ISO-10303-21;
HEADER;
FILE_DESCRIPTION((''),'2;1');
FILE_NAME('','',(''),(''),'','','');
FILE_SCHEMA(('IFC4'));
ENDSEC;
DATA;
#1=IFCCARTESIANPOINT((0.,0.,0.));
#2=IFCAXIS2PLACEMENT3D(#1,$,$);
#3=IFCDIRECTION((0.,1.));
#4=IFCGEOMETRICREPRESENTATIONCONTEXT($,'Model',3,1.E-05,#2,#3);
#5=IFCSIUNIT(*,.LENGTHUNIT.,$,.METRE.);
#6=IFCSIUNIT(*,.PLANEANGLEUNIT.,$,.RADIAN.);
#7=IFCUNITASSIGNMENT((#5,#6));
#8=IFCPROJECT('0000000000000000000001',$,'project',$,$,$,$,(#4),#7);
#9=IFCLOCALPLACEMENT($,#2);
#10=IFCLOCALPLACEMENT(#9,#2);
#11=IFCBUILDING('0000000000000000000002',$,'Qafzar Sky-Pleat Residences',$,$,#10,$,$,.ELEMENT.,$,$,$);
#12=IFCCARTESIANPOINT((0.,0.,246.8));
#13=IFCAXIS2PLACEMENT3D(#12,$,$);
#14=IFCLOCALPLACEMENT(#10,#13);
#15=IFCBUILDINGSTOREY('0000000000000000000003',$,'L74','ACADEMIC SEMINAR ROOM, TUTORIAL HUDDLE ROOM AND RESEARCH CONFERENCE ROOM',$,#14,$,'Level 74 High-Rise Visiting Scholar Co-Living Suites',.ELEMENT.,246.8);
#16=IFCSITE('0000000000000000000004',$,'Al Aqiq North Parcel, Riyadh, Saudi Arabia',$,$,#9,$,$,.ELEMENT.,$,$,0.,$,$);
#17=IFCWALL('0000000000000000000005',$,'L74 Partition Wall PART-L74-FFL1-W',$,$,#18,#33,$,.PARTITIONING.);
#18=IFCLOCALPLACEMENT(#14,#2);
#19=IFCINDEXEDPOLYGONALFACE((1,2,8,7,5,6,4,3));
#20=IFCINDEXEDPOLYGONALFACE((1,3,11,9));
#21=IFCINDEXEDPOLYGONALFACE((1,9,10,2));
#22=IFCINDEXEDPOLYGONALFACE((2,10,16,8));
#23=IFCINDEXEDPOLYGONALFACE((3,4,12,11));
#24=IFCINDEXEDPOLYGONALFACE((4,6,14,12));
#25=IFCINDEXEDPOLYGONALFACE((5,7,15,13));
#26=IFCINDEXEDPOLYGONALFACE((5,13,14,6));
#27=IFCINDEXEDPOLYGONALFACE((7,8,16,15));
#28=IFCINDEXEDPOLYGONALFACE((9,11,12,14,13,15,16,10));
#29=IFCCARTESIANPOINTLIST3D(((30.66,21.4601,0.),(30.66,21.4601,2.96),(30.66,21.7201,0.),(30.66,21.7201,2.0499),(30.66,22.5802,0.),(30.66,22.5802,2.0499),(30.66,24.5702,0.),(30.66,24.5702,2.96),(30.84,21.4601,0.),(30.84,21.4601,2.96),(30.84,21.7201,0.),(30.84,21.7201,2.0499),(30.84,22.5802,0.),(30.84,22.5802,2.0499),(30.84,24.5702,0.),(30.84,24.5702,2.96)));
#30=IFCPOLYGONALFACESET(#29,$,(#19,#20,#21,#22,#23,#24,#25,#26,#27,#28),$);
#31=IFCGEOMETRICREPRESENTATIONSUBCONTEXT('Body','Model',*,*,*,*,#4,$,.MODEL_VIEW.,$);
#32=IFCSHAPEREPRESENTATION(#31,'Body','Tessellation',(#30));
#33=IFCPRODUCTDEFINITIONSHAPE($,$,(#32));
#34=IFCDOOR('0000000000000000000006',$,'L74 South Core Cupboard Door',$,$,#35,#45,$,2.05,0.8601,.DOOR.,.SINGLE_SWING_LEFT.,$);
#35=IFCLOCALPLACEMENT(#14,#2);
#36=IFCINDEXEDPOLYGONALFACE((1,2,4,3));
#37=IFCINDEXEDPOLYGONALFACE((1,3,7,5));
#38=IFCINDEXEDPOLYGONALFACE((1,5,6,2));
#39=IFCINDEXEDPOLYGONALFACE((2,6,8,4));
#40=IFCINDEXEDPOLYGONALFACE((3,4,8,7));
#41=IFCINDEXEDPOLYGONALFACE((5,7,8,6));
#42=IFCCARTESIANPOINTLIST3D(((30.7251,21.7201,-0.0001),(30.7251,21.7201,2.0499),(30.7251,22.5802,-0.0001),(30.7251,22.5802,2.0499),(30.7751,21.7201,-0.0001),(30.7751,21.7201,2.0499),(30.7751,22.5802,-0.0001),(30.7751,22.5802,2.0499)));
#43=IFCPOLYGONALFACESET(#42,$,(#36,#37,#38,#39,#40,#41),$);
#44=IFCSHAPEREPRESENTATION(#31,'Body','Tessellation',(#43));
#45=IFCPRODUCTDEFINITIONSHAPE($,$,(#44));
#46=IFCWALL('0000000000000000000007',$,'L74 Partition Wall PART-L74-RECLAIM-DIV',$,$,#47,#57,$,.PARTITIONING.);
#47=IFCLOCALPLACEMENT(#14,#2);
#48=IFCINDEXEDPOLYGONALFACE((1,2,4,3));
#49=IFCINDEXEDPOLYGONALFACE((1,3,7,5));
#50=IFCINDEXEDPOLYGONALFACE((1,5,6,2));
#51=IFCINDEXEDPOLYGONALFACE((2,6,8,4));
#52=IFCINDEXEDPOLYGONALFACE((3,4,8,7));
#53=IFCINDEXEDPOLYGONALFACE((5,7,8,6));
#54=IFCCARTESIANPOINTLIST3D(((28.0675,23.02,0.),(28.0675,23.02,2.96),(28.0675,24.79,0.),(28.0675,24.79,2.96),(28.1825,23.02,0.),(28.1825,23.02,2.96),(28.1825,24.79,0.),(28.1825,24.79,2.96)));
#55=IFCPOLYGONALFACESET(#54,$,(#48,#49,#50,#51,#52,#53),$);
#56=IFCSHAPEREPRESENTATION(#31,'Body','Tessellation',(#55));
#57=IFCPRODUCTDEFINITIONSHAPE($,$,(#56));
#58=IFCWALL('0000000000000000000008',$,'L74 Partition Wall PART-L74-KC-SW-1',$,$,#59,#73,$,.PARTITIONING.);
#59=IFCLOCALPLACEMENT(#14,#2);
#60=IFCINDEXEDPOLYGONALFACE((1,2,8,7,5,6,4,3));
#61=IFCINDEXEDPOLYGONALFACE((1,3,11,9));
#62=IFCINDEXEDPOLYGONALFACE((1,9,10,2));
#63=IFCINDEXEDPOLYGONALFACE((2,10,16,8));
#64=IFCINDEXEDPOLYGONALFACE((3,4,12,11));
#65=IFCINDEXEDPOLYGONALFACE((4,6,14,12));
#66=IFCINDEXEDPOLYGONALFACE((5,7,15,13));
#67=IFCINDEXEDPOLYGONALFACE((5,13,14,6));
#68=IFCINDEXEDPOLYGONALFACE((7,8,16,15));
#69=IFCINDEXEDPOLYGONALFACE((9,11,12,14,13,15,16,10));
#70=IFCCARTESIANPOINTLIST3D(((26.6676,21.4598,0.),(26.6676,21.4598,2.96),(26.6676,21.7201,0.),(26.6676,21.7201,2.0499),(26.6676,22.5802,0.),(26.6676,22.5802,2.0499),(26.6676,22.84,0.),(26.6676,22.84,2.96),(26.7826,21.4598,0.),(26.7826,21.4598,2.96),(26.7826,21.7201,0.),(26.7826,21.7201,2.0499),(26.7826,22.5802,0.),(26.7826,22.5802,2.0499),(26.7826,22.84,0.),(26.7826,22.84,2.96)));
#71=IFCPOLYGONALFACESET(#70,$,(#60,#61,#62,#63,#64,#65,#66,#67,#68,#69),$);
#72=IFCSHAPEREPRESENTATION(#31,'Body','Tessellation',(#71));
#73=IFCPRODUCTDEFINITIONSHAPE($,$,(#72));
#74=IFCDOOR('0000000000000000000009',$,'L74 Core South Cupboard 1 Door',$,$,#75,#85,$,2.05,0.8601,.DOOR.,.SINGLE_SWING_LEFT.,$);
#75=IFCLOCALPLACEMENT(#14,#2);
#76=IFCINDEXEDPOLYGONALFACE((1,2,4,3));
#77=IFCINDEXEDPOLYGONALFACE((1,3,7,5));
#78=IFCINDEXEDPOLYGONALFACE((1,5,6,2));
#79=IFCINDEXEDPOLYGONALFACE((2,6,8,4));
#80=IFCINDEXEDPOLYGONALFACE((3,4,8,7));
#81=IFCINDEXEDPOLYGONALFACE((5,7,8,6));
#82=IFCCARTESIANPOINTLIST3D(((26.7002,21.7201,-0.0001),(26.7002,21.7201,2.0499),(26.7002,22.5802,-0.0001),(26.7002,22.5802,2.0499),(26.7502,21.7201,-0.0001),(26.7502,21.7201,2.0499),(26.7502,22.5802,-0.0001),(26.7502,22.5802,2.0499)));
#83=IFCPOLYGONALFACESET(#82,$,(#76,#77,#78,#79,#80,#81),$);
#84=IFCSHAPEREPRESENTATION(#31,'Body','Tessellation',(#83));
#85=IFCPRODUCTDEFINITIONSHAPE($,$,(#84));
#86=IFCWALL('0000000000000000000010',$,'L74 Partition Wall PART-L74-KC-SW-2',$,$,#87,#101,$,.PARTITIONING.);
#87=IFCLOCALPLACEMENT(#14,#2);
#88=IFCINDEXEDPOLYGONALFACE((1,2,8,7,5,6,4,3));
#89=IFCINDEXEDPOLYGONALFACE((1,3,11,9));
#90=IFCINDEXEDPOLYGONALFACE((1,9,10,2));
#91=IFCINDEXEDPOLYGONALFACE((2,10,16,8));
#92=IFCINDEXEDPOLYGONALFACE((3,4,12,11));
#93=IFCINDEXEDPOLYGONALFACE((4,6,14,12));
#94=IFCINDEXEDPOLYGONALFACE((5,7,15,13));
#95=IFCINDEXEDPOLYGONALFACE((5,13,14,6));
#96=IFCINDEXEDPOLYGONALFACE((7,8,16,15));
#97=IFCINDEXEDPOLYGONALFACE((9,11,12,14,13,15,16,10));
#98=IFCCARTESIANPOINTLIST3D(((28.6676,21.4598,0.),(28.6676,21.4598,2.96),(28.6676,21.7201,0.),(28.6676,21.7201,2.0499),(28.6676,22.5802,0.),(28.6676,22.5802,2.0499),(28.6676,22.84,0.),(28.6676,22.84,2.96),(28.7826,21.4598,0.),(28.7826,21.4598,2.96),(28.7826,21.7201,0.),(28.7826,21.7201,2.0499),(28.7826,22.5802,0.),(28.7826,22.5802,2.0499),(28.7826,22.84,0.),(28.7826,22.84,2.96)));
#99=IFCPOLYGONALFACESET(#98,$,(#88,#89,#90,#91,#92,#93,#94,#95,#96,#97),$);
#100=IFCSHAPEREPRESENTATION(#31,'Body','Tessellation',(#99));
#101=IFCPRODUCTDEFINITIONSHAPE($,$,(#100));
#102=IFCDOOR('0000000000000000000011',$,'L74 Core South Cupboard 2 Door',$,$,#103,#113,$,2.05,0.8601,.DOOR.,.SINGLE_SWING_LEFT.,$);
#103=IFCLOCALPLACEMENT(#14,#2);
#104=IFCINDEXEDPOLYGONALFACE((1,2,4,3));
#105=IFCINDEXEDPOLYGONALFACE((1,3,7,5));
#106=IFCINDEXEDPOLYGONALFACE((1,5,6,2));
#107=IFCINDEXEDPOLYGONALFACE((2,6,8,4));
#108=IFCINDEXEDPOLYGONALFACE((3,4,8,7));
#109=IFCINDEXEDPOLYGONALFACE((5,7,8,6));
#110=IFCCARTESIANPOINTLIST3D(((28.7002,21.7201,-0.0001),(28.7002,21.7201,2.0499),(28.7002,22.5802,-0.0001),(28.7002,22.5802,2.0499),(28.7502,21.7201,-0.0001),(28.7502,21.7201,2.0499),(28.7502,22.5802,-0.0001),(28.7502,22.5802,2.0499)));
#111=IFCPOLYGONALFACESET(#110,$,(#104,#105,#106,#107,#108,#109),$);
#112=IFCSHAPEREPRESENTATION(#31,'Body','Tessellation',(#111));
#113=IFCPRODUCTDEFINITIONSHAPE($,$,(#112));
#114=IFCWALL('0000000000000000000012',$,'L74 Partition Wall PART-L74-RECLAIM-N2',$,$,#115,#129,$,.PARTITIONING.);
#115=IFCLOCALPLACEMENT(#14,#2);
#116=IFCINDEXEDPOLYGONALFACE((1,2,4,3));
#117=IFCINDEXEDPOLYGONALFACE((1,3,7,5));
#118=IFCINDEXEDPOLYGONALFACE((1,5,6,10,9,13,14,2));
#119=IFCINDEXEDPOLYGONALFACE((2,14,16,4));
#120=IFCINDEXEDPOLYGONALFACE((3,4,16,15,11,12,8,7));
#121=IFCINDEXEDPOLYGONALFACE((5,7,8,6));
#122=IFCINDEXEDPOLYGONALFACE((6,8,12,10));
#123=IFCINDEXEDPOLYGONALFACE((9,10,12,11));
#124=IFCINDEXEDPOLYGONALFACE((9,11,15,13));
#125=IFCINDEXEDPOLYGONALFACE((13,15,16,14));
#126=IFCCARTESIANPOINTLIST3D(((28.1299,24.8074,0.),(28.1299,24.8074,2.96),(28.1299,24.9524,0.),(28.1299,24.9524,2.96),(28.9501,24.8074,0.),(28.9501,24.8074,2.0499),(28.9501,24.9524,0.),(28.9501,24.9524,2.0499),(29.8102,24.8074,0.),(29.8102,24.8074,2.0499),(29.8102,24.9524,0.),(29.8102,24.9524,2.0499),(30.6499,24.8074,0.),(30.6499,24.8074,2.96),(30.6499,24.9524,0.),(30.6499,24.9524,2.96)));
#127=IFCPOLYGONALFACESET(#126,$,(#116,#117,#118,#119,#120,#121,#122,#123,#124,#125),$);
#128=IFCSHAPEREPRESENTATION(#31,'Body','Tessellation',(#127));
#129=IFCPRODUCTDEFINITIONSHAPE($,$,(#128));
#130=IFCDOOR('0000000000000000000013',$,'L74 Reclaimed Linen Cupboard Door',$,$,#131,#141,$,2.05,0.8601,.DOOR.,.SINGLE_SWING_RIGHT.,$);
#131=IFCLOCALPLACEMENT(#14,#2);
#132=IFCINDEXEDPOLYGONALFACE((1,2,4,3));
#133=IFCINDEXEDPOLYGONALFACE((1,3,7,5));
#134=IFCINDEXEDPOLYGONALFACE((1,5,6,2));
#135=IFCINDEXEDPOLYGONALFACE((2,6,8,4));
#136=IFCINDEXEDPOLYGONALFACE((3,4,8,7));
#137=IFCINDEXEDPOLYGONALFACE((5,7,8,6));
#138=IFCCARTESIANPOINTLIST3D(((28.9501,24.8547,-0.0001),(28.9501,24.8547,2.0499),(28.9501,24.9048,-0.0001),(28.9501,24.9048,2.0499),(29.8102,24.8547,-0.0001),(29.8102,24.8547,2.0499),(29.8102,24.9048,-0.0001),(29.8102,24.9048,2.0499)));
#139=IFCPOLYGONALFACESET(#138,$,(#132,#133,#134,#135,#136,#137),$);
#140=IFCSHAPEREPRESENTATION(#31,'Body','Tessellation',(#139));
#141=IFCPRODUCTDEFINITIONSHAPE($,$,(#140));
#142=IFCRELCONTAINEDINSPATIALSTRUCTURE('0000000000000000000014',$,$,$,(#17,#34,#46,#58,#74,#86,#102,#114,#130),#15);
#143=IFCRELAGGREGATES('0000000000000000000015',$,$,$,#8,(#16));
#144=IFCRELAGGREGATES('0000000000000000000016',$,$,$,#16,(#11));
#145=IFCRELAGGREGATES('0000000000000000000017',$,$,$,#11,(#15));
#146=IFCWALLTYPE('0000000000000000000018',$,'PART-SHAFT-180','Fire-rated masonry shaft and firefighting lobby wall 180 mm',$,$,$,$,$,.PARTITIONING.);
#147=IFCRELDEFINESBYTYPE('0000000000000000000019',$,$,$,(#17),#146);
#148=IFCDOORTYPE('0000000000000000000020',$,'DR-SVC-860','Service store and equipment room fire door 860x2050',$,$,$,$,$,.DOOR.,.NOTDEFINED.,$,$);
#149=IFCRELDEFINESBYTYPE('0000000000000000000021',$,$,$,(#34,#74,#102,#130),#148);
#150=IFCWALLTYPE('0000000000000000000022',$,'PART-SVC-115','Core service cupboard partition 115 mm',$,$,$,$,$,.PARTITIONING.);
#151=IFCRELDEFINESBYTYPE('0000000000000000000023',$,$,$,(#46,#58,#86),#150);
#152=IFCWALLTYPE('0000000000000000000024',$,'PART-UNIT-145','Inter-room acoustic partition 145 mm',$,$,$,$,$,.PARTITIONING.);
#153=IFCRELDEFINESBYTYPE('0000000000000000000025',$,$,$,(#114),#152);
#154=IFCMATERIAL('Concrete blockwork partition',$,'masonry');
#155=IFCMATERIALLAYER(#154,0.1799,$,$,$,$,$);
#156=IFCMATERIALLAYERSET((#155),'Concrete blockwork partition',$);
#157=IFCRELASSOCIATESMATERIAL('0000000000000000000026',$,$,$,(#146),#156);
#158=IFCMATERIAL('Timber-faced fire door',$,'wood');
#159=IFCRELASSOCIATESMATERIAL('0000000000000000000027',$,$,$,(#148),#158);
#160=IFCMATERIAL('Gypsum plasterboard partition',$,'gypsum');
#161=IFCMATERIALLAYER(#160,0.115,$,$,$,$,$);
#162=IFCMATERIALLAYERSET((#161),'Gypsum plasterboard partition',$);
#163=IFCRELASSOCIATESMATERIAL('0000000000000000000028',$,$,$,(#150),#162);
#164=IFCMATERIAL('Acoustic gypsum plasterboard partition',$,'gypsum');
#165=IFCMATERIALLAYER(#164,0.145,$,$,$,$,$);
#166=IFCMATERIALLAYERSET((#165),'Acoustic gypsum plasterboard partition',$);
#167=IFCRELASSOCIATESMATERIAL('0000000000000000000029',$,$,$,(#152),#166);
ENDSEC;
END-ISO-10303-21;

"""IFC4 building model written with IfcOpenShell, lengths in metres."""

from ifc_helpers import new_model, si_unit, direction, frame, frame_2d, origin, place, context, subcontext, project, spatial, rectangle, extrude, source, transform, mapped, material, layer, layer_set, type_object, element, fill, save


model = new_model("IFC4")

# Units and contexts
model_context = context("Model", 3, precision=1e-05, world=origin(), true_north=direction((0.0, 1.0)))
body_context = subcontext(model_context, "Body", "Model", "MODEL_VIEW")
ifc_project = project(units=[si_unit("LENGTHUNIT", "METRE"), si_unit("PLANEANGLEUNIT", "RADIAN")], contexts=[model_context])

# Site, building, storey
site_placement = place(None, origin())
site = spatial("IfcSite", under=ifc_project, at=site_placement, Name="Al Aqiq North Parcel, Riyadh, Saudi Arabia", CompositionType="ELEMENT", RefElevation=0.0)
building_placement = place(site_placement, origin())
building = spatial("IfcBuilding", under=site, at=building_placement, Name="Qafzar Sky-Pleat Residences", CompositionType="ELEMENT")
storey_placement = place(building_placement, frame((0.0, 0.0, 246.8)))
storey = spatial("IfcBuildingStorey", under=building, at=storey_placement, Name="L74", Description="ACADEMIC SEMINAR ROOM, TUTORIAL HUDDLE ROOM AND RESEARCH CONFERENCE ROOM", LongName="Level 74 High-Rise Visiting Scholar Co-Living Suites", CompositionType="ELEMENT", Elevation=246.8)

# Wall, opening, door
ifc_material_1 = material(Name="Concrete blockwork partition", Category="masonry")
ifc_layer_1 = layer(ifc_material_1, 0.1799)
ifc_layer_set_1 = layer_set([ifc_layer_1], Name="Concrete blockwork partition")
wall_type_1 = type_object("IfcWallType", Name="PART-SHAFT-180", Description="Fire-rated masonry shaft and firefighting lobby wall 180 mm", PredefinedType="PARTITIONING", material=ifc_layer_set_1)
wall_1_placement = place(storey_placement, frame((30.75, 21.46, 0.0), z_axis=(0.0, 0.0, 1.0), x_axis=(0.0, 1.0, 0.0)))
wall_1 = element("IfcWall", 1, at=wall_1_placement, inside=storey, type_object=wall_type_1, Name="L74 Partition Wall PART-L74-FFL1-W", PredefinedType="PARTITIONING", context=body_context, shape_type="SweptSolid", body=[
    extrude(rectangle(XDim=3.1101, YDim=0.1799, at=frame_2d((1.5552, 0.0))), origin(), (0.0, 0.0, 1.0), 2.96),
])
opening_1_placement = place(wall_1_placement, frame((0.26, 0.0, 0.0)))
opening_1 = element("IfcOpeningElement", 2, at=opening_1_placement, cuts=wall_1, PredefinedType="OPENING", context=body_context, shape_type="SweptSolid", body=[
    extrude(rectangle(XDim=0.8601, YDim=2.05, at=frame_2d((0.4302, 1.0249))), frame((0.0, 0.1001, 0.0), z_axis=(0.0, -1.0, 0.0), x_axis=(1.0, 0.0, 0.0)), (0.0, 0.0, 1.0), 0.2),
])
ifc_material_2 = material(Name="Timber-faced fire door", Category="wood")
door_type_1 = type_object("IfcDoorType", Name="DR-SVC-860", Description="Service store and equipment room fire door 860x2050", OperationType="NOTDEFINED", PredefinedType="DOOR", material=ifc_material_2)
shared_shape_1 = source(origin(), body_context, "Body", "SweptSolid", [
    extrude(rectangle(XDim=0.8601, YDim=2.05, at=frame_2d((0.4302, 1.0249))), frame((0.0, 0.0249, 0.0), z_axis=(0.0, -1.0, 0.0), x_axis=(1.0, 0.0, 0.0)), (0.0, 0.0, 1.0), 0.05),
])
door_1_placement = place(opening_1_placement, origin())
door_1 = element("IfcDoor", 3, at=door_1_placement, inside=storey, type_object=door_type_1, Name="L74 South Core Cupboard Door", OperationType="SINGLE_SWING_LEFT", OverallHeight=2.05, OverallWidth=0.8601, PredefinedType="DOOR", context=body_context, shape_type="MappedRepresentation", body=[
    mapped(shared_shape_1, transform((0.0, 0.0, 0.0), x_axis=(1.0, 0.0, 0.0), y_axis=(0.0, 1.0, 0.0), z_axis=(0.0, 0.0, 1.0), scale=1.0)),
])
fill(opening_1, door_1)

# Wall
ifc_material_3 = material(Name="Gypsum plasterboard partition", Category="gypsum")
ifc_layer_2 = layer(ifc_material_3, 0.115)
ifc_layer_set_2 = layer_set([ifc_layer_2], Name="Gypsum plasterboard partition")
wall_type_2 = type_object("IfcWallType", Name="PART-SVC-115", Description="Core service cupboard partition 115 mm", PredefinedType="PARTITIONING", material=ifc_layer_set_2)
wall_2_placement = place(storey_placement, frame((28.125, 23.02, 0.0), z_axis=(0.0, 0.0, 1.0), x_axis=(0.0, 1.0, 0.0)))
element("IfcWall", 4, at=wall_2_placement, inside=storey, type_object=wall_type_2, Name="L74 Partition Wall PART-L74-RECLAIM-DIV", PredefinedType="PARTITIONING", context=body_context, shape_type="SweptSolid", body=[
    extrude(rectangle(XDim=1.77, YDim=0.115, at=frame_2d((0.885, 0.0))), origin(), (0.0, 0.0, 1.0), 2.96),
])

# Walls, openings, doors
wall_3_placement = place(storey_placement, frame((26.7251, 21.46, 0.0), z_axis=(0.0, 0.0, 1.0), x_axis=(0.0, 1.0, 0.0)))
wall_3 = element("IfcWall", 5, at=wall_3_placement, inside=storey, type_object=wall_type_2, Name="L74 Partition Wall PART-L74-KC-SW-1", PredefinedType="PARTITIONING", context=body_context, shape_type="SweptSolid", body=[
    extrude(rectangle(XDim=1.3801, YDim=0.115, at=frame_2d((0.6899, 0.0))), origin(), (0.0, 0.0, 1.0), 2.96),
])
opening_2_placement = place(wall_3_placement, frame((0.26, 0.0, 0.0)))
opening_2 = element("IfcOpeningElement", 6, at=opening_2_placement, cuts=wall_3, PredefinedType="OPENING", context=body_context, shape_type="SweptSolid", body=[
    extrude(rectangle(XDim=0.8601, YDim=2.05, at=frame_2d((0.4302, 1.0249))), frame((0.0, 0.0674, 0.0), z_axis=(0.0, -1.0, 0.0), x_axis=(1.0, 0.0, 0.0)), (0.0, 0.0, 1.0), 0.135),
])
door_2_placement = place(opening_2_placement, origin())
door_2 = element("IfcDoor", 7, at=door_2_placement, inside=storey, type_object=door_type_1, Name="L74 Core South Cupboard 1 Door", OperationType="SINGLE_SWING_LEFT", OverallHeight=2.05, OverallWidth=0.8601, PredefinedType="DOOR", context=body_context, shape_type="MappedRepresentation", body=[
    mapped(shared_shape_1, transform((0.0, 0.0, 0.0), x_axis=(1.0, 0.0, 0.0), y_axis=(0.0, 1.0, 0.0), z_axis=(0.0, 0.0, 1.0), scale=1.0)),
])
fill(opening_2, door_2)
wall_4_placement = place(storey_placement, frame((28.7251, 21.46, 0.0), z_axis=(0.0, 0.0, 1.0), x_axis=(0.0, 1.0, 0.0)))
wall_4 = element("IfcWall", 8, at=wall_4_placement, inside=storey, type_object=wall_type_2, Name="L74 Partition Wall PART-L74-KC-SW-2", PredefinedType="PARTITIONING", context=body_context, shape_type="SweptSolid", body=[
    extrude(rectangle(XDim=1.3801, YDim=0.115, at=frame_2d((0.6899, 0.0))), origin(), (0.0, 0.0, 1.0), 2.96),
])
opening_3_placement = place(wall_4_placement, frame((0.26, 0.0, 0.0)))
opening_3 = element("IfcOpeningElement", 9, at=opening_3_placement, cuts=wall_4, PredefinedType="OPENING", context=body_context, shape_type="SweptSolid", body=[
    extrude(rectangle(XDim=0.8601, YDim=2.05, at=frame_2d((0.4302, 1.0249))), frame((0.0, 0.0674, 0.0), z_axis=(0.0, -1.0, 0.0), x_axis=(1.0, 0.0, 0.0)), (0.0, 0.0, 1.0), 0.135),
])
door_3_placement = place(opening_3_placement, origin())
door_3 = element("IfcDoor", 10, at=door_3_placement, inside=storey, type_object=door_type_1, Name="L74 Core South Cupboard 2 Door", OperationType="SINGLE_SWING_LEFT", OverallHeight=2.05, OverallWidth=0.8601, PredefinedType="DOOR", context=body_context, shape_type="MappedRepresentation", body=[
    mapped(shared_shape_1, transform((0.0, 0.0, 0.0), x_axis=(1.0, 0.0, 0.0), y_axis=(0.0, 1.0, 0.0), z_axis=(0.0, 0.0, 1.0), scale=1.0)),
])
fill(opening_3, door_3)
ifc_material_4 = material(Name="Acoustic gypsum plasterboard partition", Category="gypsum")
ifc_layer_3 = layer(ifc_material_4, 0.145)
ifc_layer_set_3 = layer_set([ifc_layer_3], Name="Acoustic gypsum plasterboard partition")
wall_type_3 = type_object("IfcWallType", Name="PART-UNIT-145", Description="Inter-room acoustic partition 145 mm", PredefinedType="PARTITIONING", material=ifc_layer_set_3)
wall_5_placement = place(storey_placement, frame((28.1299, 24.8799, 0.0), z_axis=(0.0, 0.0, 1.0), x_axis=(1.0, 0.0, 0.0)))
wall_5 = element("IfcWall", 11, at=wall_5_placement, inside=storey, type_object=wall_type_3, Name="L74 Partition Wall PART-L74-RECLAIM-N2", PredefinedType="PARTITIONING", context=body_context, shape_type="SweptSolid", body=[
    extrude(rectangle(XDim=2.52, YDim=0.145, at=frame_2d((1.26, 0.0))), origin(), (0.0, 0.0, 1.0), 2.96),
])
opening_4_placement = place(wall_5_placement, frame((0.8201, 0.0, 0.0)))
opening_4 = element("IfcOpeningElement", 12, at=opening_4_placement, cuts=wall_5, PredefinedType="OPENING", context=body_context, shape_type="SweptSolid", body=[
    extrude(rectangle(XDim=0.8601, YDim=2.05, at=frame_2d((0.4302, 1.0249))), frame((0.0, 0.0825, 0.0), z_axis=(0.0, -1.0, 0.0), x_axis=(1.0, 0.0, 0.0)), (0.0, 0.0, 1.0), 0.165),
])
door_4_placement = place(opening_4_placement, origin())
door_4 = element("IfcDoor", 13, at=door_4_placement, inside=storey, type_object=door_type_1, Name="L74 Reclaimed Linen Cupboard Door", OperationType="SINGLE_SWING_RIGHT", OverallHeight=2.05, OverallWidth=0.8601, PredefinedType="DOOR", context=body_context, shape_type="MappedRepresentation", body=[
    mapped(shared_shape_1, transform((0.0, 0.0, 0.0), x_axis=(1.0, 0.0, 0.0), y_axis=(0.0, 1.0, 0.0), z_axis=(0.0, 0.0, 1.0), scale=1.0)),
])
fill(opening_4, door_4)

save(model, "model.ifc")
